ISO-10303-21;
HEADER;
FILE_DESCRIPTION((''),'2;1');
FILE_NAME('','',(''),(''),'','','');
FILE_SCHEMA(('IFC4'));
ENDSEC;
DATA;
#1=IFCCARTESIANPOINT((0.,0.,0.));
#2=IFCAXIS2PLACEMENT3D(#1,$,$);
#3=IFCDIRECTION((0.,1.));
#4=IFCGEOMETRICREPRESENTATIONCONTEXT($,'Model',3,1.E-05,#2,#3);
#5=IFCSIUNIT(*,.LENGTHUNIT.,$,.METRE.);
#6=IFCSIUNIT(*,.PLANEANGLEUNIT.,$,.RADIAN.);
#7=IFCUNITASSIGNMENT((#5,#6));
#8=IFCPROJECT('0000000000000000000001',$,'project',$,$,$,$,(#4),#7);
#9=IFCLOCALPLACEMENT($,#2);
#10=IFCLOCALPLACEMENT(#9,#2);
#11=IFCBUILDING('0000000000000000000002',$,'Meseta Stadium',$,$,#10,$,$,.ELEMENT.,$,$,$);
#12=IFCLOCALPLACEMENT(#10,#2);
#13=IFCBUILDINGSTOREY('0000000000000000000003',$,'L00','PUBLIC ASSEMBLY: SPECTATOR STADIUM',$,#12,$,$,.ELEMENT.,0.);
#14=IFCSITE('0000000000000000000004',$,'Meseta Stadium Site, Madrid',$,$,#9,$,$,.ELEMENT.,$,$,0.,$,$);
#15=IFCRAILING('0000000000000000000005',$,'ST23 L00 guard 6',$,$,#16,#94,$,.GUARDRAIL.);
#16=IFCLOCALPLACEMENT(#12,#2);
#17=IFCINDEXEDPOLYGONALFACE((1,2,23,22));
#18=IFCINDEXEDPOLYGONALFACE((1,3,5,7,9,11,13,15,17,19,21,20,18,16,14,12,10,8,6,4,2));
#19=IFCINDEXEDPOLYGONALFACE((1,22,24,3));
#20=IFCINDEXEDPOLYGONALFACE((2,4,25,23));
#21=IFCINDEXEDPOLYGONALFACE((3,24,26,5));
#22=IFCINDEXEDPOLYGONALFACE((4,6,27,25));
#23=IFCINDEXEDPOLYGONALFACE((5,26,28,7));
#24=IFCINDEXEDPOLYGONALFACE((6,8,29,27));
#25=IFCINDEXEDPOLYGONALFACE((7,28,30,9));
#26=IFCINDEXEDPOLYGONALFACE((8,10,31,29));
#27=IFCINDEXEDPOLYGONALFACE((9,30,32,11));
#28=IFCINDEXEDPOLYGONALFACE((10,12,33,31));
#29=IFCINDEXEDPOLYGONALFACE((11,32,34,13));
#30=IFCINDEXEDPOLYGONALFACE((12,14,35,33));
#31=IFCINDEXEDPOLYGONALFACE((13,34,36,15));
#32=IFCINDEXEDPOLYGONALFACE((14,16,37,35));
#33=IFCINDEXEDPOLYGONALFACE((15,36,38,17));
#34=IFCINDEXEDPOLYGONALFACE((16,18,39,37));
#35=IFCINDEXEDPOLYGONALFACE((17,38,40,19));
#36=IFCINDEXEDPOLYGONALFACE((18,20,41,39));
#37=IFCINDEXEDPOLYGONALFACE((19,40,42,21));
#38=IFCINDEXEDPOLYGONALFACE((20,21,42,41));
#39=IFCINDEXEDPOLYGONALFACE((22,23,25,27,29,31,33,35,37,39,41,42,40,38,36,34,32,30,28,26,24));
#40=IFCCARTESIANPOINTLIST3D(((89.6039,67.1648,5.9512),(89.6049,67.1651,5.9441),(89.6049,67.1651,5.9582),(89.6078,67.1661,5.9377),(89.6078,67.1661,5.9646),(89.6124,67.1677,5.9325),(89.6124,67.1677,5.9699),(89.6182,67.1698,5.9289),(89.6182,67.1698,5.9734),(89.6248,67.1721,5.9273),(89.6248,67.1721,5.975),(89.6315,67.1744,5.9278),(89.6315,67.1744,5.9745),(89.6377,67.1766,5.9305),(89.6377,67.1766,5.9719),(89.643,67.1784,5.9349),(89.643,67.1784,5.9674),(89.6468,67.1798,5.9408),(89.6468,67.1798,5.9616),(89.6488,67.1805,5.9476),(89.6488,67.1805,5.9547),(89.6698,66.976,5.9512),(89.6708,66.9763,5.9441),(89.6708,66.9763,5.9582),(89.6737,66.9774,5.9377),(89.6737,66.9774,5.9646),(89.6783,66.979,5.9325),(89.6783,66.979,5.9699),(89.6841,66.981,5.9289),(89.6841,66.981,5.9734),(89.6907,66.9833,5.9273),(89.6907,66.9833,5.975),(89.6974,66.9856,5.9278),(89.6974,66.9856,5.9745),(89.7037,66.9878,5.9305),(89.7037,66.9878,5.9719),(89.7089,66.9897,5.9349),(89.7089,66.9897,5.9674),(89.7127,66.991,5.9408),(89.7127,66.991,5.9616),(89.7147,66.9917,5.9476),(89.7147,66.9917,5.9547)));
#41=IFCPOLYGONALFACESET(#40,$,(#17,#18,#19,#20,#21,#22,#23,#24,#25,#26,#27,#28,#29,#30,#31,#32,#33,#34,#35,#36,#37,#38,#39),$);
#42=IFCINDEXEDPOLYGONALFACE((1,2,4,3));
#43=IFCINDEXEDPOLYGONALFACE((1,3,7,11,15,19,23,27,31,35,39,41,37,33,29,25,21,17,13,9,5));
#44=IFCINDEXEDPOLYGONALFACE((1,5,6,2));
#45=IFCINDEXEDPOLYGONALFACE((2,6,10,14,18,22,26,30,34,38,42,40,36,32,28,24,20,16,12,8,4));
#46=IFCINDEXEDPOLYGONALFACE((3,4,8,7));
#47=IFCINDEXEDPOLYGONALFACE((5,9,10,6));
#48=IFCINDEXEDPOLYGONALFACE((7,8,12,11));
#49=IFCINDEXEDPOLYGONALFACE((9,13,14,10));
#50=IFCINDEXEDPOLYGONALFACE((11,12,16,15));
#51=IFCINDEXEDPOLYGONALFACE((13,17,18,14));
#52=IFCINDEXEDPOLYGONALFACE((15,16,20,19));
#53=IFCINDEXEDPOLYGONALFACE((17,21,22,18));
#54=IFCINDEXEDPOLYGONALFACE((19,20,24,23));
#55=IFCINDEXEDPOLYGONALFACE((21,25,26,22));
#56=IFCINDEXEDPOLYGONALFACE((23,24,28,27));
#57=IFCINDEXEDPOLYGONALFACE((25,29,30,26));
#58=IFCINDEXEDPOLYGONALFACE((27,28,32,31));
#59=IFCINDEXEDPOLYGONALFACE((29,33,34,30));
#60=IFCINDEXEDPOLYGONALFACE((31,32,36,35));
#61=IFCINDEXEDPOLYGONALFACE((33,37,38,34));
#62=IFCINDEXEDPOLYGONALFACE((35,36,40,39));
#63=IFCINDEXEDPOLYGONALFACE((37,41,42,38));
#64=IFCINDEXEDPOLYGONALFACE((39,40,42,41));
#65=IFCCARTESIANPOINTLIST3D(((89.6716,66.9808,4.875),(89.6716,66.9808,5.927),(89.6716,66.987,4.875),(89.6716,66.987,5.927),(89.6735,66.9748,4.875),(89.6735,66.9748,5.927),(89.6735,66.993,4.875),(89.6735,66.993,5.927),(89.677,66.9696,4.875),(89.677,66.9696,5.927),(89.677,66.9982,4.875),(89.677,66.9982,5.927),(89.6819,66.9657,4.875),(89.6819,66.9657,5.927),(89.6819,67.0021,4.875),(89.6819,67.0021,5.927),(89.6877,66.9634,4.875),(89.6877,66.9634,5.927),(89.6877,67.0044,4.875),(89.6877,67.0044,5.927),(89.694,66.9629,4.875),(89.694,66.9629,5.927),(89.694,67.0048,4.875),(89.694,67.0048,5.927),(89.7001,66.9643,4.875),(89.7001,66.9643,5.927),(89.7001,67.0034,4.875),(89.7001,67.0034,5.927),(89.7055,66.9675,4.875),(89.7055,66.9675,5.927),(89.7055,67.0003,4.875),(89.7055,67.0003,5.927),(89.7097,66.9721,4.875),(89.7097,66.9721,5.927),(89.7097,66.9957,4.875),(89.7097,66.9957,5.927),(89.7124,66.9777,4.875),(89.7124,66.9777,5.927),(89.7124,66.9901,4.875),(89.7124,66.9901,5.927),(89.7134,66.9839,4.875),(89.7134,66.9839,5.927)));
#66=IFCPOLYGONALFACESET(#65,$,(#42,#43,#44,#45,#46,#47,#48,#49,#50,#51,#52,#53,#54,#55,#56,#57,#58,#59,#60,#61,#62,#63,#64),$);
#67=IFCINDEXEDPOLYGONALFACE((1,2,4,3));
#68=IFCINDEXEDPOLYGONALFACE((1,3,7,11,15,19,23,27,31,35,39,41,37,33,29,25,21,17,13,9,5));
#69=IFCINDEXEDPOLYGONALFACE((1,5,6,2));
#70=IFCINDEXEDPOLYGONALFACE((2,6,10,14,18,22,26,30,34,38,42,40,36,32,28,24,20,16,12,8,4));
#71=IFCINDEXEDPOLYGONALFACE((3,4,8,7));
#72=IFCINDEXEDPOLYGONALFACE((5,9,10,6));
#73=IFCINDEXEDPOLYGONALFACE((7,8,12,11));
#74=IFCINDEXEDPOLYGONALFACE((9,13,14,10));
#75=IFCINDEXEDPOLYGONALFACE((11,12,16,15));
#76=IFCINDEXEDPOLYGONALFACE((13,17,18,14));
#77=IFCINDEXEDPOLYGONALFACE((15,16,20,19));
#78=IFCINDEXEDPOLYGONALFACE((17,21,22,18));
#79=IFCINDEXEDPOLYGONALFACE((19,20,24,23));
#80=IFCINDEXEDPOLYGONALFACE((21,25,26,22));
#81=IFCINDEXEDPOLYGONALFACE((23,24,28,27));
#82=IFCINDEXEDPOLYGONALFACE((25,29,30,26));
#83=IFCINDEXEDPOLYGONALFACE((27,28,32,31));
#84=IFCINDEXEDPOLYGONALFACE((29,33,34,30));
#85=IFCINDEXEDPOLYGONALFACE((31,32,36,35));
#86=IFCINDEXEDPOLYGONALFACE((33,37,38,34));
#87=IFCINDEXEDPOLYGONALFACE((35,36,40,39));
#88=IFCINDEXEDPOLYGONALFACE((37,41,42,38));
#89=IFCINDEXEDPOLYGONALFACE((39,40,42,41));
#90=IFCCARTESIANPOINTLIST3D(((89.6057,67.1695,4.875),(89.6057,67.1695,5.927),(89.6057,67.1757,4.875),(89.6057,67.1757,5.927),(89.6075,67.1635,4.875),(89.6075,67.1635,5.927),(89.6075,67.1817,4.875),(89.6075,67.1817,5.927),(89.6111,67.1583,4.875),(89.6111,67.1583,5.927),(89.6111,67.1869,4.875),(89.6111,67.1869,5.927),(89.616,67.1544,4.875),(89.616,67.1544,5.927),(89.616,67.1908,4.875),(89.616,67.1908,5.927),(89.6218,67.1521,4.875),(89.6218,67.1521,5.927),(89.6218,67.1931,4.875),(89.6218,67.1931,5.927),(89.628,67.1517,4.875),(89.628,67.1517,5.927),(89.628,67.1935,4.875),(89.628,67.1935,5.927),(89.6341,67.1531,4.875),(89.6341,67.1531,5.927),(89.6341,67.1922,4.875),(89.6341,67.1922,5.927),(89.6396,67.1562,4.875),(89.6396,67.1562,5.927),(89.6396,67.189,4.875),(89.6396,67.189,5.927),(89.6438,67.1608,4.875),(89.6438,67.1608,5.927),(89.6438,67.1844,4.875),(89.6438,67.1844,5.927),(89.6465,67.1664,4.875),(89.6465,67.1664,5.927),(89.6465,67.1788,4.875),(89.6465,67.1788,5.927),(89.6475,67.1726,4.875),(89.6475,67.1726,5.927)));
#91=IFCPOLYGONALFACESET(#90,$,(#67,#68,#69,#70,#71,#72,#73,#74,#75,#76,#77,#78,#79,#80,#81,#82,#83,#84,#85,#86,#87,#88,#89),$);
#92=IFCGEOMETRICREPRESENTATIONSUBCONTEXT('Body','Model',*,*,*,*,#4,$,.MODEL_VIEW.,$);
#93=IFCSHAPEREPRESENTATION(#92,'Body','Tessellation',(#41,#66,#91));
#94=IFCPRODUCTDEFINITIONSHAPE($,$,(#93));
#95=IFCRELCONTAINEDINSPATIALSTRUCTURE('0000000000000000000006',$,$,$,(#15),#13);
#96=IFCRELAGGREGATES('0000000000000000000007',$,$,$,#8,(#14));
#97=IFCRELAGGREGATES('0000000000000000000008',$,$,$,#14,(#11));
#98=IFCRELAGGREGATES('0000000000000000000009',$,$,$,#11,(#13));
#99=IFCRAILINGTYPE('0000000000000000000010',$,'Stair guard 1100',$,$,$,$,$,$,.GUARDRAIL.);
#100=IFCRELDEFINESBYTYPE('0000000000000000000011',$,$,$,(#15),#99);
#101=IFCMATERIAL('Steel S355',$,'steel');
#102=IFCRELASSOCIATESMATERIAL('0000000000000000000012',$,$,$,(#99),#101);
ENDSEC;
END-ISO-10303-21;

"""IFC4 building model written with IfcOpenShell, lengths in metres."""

from ifc_helpers import new_model, si_unit, direction, frame, origin, origin_2d, place, context, subcontext, project, spatial, circle, extrude, material, type_object, element, save


model = new_model("IFC4")

# Units and contexts
model_context = context("Model", 3, precision=1e-05, world=origin(), true_north=direction((0.0, 1.0)))
body_context = subcontext(model_context, "Body", "Model", "MODEL_VIEW")
ifc_project = project(units=[si_unit("LENGTHUNIT", "METRE"), si_unit("PLANEANGLEUNIT", "RADIAN")], contexts=[model_context])

# Site, building, storey
site_placement = place(None, origin())
site = spatial("IfcSite", under=ifc_project, at=site_placement, Name="Meseta Stadium Site, Madrid", CompositionType="ELEMENT", RefElevation=0.0)
building_placement = place(site_placement, origin())
building = spatial("IfcBuilding", under=site, at=building_placement, Name="Meseta Stadium", CompositionType="ELEMENT")
storey_placement = place(building_placement, origin())
storey = spatial("IfcBuildingStorey", under=building, at=storey_placement, Name="L00", Description="PUBLIC ASSEMBLY: SPECTATOR STADIUM", CompositionType="ELEMENT", Elevation=0.0)

# Railing
ifc_material_1 = material(Name="Steel S355", Category="steel")
railing_type_1 = type_object("IfcRailingType", Name="Stair guard 1100", PredefinedType="GUARDRAIL", material=ifc_material_1)
railing_1_placement = place(storey_placement, frame((89.6924, 66.9839, 4.875)))
element("IfcRailing", 1, at=railing_1_placement, inside=storey, type_object=railing_type_1, Name="ST23 L00 guard 6", PredefinedType="GUARDRAIL", context=body_context, shape_type="SweptSolid", body=[
    extrude(circle(Radius=0.0239, at=origin_2d()), frame((0.0, 0.0, 1.0762), z_axis=(-0.329752, 0.944068, 0.0), x_axis=(-0.944068, -0.329752, 0.0)), (0.0, 0.0, 1.0), 0.2),
    extrude(circle(Radius=0.021, at=origin_2d()), origin(), (0.0, 0.0, 1.0), 1.052),
    extrude(circle(Radius=0.021, at=origin_2d()), frame((-0.0659, 0.1887, 0.0)), (0.0, 0.0, 1.0), 1.052),
])

save(model, "model.ifc")
